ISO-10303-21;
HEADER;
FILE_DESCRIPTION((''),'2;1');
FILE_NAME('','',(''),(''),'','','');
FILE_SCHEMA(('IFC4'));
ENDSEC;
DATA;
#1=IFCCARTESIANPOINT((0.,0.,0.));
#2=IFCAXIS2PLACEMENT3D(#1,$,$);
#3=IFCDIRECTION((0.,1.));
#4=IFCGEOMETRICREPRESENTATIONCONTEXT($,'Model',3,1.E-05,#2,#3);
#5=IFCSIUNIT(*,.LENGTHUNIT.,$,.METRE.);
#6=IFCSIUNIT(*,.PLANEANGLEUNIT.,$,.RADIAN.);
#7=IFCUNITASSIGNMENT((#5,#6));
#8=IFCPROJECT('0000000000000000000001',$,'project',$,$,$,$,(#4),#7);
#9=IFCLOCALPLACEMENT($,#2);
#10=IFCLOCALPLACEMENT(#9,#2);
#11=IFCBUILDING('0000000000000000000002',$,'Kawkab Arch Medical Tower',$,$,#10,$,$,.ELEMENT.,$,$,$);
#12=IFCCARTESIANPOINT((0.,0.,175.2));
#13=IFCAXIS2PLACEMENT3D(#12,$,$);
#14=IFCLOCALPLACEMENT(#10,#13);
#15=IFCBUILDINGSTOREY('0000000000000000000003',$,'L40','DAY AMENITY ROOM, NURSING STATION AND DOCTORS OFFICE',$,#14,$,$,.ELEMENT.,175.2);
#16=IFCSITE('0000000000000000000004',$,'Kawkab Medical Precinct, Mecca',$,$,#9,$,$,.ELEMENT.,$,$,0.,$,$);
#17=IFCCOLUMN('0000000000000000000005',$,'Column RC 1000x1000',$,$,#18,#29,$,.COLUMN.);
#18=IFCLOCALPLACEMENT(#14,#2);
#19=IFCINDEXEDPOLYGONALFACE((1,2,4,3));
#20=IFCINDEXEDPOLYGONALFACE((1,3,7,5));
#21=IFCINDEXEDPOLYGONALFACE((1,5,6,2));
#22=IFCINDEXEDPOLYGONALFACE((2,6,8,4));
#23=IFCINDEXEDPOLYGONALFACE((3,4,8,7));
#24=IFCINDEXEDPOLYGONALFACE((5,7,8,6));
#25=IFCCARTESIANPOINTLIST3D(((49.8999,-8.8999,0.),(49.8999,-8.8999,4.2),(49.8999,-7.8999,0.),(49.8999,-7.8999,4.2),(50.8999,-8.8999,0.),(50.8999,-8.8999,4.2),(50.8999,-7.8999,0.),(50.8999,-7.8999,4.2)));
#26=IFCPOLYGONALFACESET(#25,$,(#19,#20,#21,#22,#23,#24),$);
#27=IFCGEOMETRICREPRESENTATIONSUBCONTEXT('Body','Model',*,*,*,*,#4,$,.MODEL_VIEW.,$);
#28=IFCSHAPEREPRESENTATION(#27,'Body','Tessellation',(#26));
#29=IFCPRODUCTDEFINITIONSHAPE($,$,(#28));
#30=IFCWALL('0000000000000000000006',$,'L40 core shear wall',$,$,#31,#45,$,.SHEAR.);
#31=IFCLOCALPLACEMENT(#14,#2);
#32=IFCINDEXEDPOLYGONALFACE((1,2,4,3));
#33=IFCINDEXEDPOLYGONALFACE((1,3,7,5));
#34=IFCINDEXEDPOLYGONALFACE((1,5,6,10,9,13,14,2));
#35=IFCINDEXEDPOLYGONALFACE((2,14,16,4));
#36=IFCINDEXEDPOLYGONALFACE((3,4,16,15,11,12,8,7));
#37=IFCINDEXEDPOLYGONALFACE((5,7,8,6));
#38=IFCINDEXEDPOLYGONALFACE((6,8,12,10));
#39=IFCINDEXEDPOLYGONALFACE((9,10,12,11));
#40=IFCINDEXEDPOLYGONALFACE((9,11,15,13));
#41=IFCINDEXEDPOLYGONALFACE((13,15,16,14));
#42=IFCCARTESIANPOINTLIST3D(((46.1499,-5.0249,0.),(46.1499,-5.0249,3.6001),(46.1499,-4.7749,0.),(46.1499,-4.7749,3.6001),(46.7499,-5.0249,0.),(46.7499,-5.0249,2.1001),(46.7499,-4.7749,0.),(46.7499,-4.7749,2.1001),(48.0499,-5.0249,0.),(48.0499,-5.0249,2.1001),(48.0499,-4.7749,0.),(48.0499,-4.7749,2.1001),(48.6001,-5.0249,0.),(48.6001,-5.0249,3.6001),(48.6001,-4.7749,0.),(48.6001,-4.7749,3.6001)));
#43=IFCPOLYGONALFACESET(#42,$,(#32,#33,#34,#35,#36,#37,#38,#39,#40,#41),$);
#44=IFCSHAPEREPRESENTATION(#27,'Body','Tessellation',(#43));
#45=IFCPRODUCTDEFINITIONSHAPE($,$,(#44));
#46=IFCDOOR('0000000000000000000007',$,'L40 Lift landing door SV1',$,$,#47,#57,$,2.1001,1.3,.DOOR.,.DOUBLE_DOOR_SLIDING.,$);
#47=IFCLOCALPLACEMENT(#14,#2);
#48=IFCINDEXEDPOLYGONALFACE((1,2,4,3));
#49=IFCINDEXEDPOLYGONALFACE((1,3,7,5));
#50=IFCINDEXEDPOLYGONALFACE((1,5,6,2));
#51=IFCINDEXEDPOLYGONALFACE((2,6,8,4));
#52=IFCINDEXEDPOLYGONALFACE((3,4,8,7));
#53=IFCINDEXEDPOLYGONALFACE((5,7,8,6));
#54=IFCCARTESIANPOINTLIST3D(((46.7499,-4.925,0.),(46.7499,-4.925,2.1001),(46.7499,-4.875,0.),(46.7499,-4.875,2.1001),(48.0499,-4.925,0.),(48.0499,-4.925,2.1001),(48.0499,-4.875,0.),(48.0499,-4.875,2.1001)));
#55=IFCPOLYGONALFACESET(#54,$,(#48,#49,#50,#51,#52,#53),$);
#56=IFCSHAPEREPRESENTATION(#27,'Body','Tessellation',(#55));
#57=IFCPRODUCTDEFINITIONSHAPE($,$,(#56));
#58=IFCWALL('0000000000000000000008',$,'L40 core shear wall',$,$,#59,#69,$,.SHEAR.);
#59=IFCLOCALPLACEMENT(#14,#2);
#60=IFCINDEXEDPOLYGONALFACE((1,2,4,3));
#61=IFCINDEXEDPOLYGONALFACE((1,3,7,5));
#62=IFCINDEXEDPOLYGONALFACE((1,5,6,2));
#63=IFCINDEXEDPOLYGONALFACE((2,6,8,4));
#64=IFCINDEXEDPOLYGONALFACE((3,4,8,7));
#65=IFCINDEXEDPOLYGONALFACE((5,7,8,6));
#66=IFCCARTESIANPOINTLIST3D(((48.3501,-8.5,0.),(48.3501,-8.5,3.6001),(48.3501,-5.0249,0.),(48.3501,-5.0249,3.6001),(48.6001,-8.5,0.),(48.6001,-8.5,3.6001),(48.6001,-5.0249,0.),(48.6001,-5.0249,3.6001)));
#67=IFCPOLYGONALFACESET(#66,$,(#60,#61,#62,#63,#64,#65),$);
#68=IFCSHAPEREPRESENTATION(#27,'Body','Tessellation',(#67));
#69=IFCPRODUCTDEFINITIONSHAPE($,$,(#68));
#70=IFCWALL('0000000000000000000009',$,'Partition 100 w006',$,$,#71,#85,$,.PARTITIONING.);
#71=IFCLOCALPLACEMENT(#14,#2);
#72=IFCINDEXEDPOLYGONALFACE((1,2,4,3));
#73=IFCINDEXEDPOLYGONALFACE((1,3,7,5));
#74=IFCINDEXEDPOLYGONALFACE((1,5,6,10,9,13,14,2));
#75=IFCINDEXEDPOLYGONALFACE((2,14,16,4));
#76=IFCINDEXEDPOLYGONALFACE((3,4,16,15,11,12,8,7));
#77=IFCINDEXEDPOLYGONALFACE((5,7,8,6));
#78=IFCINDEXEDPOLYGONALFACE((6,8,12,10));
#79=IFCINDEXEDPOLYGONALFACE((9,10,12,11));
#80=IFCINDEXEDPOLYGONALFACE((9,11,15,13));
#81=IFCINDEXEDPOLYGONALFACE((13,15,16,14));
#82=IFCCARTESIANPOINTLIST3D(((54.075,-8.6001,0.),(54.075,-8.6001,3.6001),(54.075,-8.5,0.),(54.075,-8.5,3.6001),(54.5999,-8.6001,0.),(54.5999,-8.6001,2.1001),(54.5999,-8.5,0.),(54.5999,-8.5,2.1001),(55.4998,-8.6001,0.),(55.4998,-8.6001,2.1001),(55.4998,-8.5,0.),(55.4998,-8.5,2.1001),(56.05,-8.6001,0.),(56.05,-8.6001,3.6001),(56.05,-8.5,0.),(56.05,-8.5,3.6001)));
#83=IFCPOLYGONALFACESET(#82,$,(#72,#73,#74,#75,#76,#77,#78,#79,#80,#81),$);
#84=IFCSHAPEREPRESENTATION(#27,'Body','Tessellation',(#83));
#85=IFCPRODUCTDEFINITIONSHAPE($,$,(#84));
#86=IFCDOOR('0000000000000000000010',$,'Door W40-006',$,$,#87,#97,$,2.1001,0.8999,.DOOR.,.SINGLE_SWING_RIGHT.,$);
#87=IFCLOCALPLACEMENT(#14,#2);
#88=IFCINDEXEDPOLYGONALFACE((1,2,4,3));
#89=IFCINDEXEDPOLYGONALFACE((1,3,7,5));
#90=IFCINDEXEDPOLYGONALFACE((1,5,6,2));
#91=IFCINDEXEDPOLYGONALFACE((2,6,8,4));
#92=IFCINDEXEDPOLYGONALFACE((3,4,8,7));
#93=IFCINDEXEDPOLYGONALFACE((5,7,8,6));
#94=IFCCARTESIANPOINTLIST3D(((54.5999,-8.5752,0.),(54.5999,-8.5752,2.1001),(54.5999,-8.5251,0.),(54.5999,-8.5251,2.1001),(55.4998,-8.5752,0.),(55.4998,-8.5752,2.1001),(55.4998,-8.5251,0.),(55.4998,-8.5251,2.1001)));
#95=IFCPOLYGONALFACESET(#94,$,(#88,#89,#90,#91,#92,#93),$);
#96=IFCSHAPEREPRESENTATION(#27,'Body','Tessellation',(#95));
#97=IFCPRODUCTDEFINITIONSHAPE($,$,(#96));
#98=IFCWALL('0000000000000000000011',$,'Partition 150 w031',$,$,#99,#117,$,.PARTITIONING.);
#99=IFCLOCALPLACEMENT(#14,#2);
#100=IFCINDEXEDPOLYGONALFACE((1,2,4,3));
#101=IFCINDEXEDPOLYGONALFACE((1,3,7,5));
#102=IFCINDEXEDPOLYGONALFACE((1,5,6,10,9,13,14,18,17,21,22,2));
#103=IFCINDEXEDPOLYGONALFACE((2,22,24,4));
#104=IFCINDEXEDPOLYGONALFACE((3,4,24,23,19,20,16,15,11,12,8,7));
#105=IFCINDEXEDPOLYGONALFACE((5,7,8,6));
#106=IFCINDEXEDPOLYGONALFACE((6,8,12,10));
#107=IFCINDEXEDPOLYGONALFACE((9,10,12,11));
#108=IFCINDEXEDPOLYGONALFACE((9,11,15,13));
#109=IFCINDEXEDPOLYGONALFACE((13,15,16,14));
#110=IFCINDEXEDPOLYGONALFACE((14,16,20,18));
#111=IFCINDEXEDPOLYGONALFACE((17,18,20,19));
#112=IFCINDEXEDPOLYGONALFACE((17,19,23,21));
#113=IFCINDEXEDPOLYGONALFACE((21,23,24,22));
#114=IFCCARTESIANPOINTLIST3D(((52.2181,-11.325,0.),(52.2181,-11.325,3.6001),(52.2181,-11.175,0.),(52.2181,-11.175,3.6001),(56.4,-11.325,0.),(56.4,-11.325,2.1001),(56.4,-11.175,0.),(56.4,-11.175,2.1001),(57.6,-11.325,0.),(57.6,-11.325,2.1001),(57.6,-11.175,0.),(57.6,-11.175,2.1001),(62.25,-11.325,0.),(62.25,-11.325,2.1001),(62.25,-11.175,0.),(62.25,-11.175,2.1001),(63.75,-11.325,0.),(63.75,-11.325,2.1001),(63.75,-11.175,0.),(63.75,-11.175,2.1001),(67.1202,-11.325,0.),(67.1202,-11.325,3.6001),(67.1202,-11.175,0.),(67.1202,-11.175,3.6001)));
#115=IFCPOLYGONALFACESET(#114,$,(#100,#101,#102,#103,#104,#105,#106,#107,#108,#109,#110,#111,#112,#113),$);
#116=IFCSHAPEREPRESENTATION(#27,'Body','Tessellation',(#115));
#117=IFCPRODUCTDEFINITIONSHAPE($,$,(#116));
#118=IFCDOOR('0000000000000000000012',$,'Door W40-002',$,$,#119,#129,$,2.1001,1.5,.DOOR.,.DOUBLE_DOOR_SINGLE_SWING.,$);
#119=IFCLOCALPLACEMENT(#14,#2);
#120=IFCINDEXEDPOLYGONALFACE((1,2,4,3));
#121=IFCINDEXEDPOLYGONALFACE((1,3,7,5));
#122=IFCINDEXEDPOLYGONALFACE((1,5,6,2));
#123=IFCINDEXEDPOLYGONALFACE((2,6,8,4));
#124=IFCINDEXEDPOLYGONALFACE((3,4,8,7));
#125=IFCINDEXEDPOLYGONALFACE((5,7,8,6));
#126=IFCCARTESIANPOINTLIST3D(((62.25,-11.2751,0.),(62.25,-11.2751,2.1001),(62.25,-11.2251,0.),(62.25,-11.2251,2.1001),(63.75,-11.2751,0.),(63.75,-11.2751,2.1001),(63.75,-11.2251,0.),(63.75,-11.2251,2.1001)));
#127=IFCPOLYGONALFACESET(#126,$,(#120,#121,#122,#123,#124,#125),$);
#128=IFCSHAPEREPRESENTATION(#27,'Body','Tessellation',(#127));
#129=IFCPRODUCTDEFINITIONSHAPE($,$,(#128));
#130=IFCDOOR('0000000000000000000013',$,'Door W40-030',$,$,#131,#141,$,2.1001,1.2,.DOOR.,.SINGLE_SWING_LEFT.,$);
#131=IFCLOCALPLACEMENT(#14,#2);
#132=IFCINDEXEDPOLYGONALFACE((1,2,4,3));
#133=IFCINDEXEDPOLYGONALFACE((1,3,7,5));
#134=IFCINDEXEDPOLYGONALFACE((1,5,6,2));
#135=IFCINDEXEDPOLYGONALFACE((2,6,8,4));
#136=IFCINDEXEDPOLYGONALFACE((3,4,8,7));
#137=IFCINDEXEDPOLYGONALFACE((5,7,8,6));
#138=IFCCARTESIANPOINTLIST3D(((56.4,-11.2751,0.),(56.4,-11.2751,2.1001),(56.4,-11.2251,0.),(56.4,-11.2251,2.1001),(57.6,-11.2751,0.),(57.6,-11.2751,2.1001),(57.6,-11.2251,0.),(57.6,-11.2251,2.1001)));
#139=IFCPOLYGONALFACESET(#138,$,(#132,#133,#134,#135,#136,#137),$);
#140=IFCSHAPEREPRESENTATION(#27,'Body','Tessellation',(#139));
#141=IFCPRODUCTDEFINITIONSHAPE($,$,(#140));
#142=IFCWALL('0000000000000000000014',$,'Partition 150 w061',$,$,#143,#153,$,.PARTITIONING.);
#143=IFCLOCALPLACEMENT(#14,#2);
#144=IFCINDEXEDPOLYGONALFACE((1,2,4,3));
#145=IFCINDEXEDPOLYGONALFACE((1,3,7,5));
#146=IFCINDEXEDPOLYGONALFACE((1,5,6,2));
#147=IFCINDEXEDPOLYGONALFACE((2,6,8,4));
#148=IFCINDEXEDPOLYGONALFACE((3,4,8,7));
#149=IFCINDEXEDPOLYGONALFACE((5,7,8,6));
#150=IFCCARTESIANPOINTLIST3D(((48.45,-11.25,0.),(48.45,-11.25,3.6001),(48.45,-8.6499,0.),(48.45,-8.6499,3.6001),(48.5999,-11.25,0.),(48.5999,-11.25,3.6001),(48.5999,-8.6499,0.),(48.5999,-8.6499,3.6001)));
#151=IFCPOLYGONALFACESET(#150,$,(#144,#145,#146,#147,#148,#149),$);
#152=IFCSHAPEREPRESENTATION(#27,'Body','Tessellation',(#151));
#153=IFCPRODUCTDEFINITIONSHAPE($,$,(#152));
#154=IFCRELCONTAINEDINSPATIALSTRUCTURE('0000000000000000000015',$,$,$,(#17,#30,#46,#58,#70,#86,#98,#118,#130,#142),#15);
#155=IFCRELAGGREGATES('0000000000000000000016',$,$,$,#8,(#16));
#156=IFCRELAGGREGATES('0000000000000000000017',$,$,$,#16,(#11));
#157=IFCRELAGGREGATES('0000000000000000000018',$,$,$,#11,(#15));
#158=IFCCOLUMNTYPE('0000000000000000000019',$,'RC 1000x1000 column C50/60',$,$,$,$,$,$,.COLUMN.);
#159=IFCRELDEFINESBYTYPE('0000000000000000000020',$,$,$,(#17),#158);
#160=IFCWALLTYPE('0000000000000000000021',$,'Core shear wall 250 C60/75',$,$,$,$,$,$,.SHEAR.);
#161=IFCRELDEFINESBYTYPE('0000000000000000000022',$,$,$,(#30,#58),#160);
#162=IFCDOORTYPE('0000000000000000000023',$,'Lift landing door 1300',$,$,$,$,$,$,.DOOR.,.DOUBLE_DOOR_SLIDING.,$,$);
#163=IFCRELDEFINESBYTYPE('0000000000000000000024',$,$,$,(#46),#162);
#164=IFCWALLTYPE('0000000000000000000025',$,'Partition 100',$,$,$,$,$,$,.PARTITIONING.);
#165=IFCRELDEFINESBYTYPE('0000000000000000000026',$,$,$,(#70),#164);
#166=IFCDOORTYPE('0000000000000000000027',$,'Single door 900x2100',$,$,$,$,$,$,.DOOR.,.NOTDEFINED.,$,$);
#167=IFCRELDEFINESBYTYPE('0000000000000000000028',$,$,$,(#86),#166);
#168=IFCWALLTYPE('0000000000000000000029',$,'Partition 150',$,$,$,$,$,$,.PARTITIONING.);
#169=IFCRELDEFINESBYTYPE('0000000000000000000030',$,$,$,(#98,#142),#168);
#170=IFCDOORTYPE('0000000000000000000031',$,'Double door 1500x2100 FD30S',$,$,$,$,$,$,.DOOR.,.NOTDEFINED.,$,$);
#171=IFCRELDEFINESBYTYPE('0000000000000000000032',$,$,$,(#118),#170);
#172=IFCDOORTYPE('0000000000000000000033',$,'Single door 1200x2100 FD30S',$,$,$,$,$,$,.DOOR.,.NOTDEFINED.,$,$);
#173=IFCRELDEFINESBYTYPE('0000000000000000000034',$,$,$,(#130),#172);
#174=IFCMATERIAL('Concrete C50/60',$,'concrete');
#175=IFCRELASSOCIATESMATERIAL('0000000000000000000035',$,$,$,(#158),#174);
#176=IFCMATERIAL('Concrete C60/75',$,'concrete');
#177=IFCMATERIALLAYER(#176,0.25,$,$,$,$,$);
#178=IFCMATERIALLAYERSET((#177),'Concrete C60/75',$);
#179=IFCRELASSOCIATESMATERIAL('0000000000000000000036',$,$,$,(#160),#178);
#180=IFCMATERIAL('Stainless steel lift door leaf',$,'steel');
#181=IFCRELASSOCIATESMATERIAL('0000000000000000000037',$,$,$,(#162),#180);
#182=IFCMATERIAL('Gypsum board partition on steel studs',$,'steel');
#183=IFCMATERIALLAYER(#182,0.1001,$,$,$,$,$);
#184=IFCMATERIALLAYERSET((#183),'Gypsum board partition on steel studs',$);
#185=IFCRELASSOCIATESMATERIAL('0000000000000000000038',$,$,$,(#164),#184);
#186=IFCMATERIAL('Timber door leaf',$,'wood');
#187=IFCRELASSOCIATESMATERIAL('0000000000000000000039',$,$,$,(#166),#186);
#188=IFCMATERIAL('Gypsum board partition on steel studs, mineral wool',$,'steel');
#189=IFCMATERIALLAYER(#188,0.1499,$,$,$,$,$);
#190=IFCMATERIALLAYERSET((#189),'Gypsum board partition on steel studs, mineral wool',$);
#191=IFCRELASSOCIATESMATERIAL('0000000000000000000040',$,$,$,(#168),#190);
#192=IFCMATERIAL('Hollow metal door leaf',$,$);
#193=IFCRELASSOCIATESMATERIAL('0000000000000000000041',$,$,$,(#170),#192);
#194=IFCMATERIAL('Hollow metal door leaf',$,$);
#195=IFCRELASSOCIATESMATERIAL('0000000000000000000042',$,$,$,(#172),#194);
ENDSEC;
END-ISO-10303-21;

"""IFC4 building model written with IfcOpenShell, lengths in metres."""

from ifc_helpers import new_model, si_unit, direction, frame, frame_2d, origin, origin_2d, place, context, subcontext, project, spatial, rectangle, extrude, material, layer, layer_set, material_profile, profile_set, type_object, element, fill, save


model = new_model("IFC4")

# Units and contexts
model_context = context("Model", 3, precision=1e-05, world=origin(), true_north=direction((0.0, 1.0)))
body_context = subcontext(model_context, "Body", "Model", "MODEL_VIEW")
ifc_project = project(units=[si_unit("LENGTHUNIT", "METRE"), si_unit("PLANEANGLEUNIT", "RADIAN")], contexts=[model_context])

# Site, building, storey
site_placement = place(None, origin())
site = spatial("IfcSite", under=ifc_project, at=site_placement, Name="Kawkab Medical Precinct, Mecca", CompositionType="ELEMENT", RefElevation=0.0)
building_placement = place(site_placement, origin())
building = spatial("IfcBuilding", under=site, at=building_placement, Name="Kawkab Arch Medical Tower", CompositionType="ELEMENT")
storey_placement = place(building_placement, frame((0.0, 0.0, 175.2)))
storey = spatial("IfcBuildingStorey", under=building, at=storey_placement, Name="L40", Description="DAY AMENITY ROOM, NURSING STATION AND DOCTORS OFFICE", CompositionType="ELEMENT", Elevation=175.2)

# Column
ifc_material_1 = material(Name="Concrete C50/60", Category="concrete")
ifc_material_profile = material_profile(ifc_material_1, rectangle(XDim=1.0, YDim=1.0, at=origin_2d()), Name="RC 1000x1000")
ifc_profile_set = profile_set([ifc_material_profile], Name="Concrete C50/60")
column_type = type_object("IfcColumnType", Name="RC 1000x1000 column C50/60", PredefinedType="COLUMN", material=ifc_profile_set)
column_placement = place(storey_placement, frame((50.3999, -8.3999, 0.0), z_axis=(0.0, 0.0, 1.0), x_axis=(1.0, 0.0, 0.0)))
element("IfcColumn", 1, at=column_placement, inside=storey, type_object=column_type, Name="Column RC 1000x1000", PredefinedType="COLUMN", context=body_context, shape_type="SweptSolid", body=[
    extrude(rectangle(XDim=1.0, YDim=1.0, at=origin_2d()), origin(), (0.0, 0.0, 1.0), 4.2),
])

# Wall, opening, door
ifc_material_2 = material(Name="Concrete C60/75", Category="concrete")
ifc_layer_1 = layer(ifc_material_2, 0.25)
ifc_layer_set_1 = layer_set([ifc_layer_1], Name="Concrete C60/75")
wall_type_1 = type_object("IfcWallType", Name="Core shear wall 250 C60/75", PredefinedType="SHEAR", material=ifc_layer_set_1)
wall_1_placement = place(storey_placement, frame((46.1499, -4.8999, 0.0), z_axis=(0.0, 0.0, 1.0), x_axis=(1.0, 0.0, 0.0)))
wall_1 = element("IfcWall", 2, at=wall_1_placement, inside=storey, type_object=wall_type_1, Name="L40 core shear wall", PredefinedType="SHEAR", context=body_context, shape_type="SweptSolid", body=[
    extrude(rectangle(XDim=2.4502, YDim=0.25, at=frame_2d((1.2251, 0.0))), origin(), (0.0, 0.0, 1.0), 3.6001),
])
opening_1_placement = place(wall_1_placement, frame((0.6001, 0.0, 0.0)))
opening_1 = element("IfcOpeningElement", 3, at=opening_1_placement, cuts=wall_1, PredefinedType="OPENING", context=body_context, shape_type="SweptSolid", body=[
    extrude(rectangle(XDim=1.3, YDim=2.1001, at=frame_2d((0.6499, 1.05))), frame((0.0, 0.135, 0.0), z_axis=(0.0, -1.0, 0.0), x_axis=(1.0, 0.0, 0.0)), (0.0, 0.0, 1.0), 0.27),
])
ifc_material_3 = material(Name="Stainless steel lift door leaf", Category="steel")
door_type_1 = type_object("IfcDoorType", Name="Lift landing door 1300", OperationType="DOUBLE_DOOR_SLIDING", PredefinedType="DOOR", material=ifc_material_3)
door_1_placement = place(opening_1_placement, origin())
door_1 = element("IfcDoor", 4, at=door_1_placement, inside=storey, type_object=door_type_1, Name="L40 Lift landing door SV1", OperationType="DOUBLE_DOOR_SLIDING", OverallHeight=2.1001, OverallWidth=1.3, PredefinedType="DOOR", context=body_context, shape_type="SweptSolid", body=[
    extrude(rectangle(XDim=1.3, YDim=2.1001, at=frame_2d((0.6499, 1.05))), frame((0.0, 0.0249, 0.0), z_axis=(0.0, -1.0, 0.0), x_axis=(1.0, 0.0, 0.0)), (0.0, 0.0, 1.0), 0.05),
])
fill(opening_1, door_1)

# Wall
wall_2_placement = place(storey_placement, frame((48.4751, -8.5, 0.0), z_axis=(0.0, 0.0, 1.0), x_axis=(0.0, 1.0, 0.0)))
element("IfcWall", 5, at=wall_2_placement, inside=storey, type_object=wall_type_1, Name="L40 core shear wall", PredefinedType="SHEAR", context=body_context, shape_type="SweptSolid", body=[
    extrude(rectangle(XDim=3.4751, YDim=0.25, at=frame_2d((1.7375, 0.0))), origin(), (0.0, 0.0, 1.0), 3.6001),
])

# Wall, opening, door
ifc_material_4 = material(Name="Gypsum board partition on steel studs", Category="steel")
ifc_layer_2 = layer(ifc_material_4, 0.1001)
ifc_layer_set_2 = layer_set([ifc_layer_2], Name="Gypsum board partition on steel studs")
wall_type_2 = type_object("IfcWallType", Name="Partition 100", PredefinedType="PARTITIONING", material=ifc_layer_set_2)
wall_3_placement = place(storey_placement, frame((54.075, -8.55, 0.0), z_axis=(0.0, 0.0, 1.0), x_axis=(1.0, 0.0, 0.0)))
wall_3 = element("IfcWall", 6, at=wall_3_placement, inside=storey, type_object=wall_type_2, Name="Partition 100 w006", PredefinedType="PARTITIONING", context=body_context, shape_type="SweptSolid", body=[
    extrude(rectangle(XDim=1.9751, YDim=0.1001, at=frame_2d((0.9875, 0.0))), origin(), (0.0, 0.0, 1.0), 3.6001),
])
opening_2_placement = place(wall_3_placement, frame((0.5249, 0.0, 0.0)))
opening_2 = element("IfcOpeningElement", 7, at=opening_2_placement, cuts=wall_3, PredefinedType="OPENING", context=body_context, shape_type="SweptSolid", body=[
    extrude(rectangle(XDim=0.8999, YDim=2.1001, at=frame_2d((0.45, 1.05))), frame((0.0, 0.0601, 0.0), z_axis=(0.0, -1.0, 0.0), x_axis=(1.0, 0.0, 0.0)), (0.0, 0.0, 1.0), 0.1201),
])
ifc_material_5 = material(Name="Timber door leaf", Category="wood")
door_type_2 = type_object("IfcDoorType", Name="Single door 900x2100", OperationType="NOTDEFINED", PredefinedType="DOOR", material=ifc_material_5)
door_2_placement = place(opening_2_placement, origin())
door_2 = element("IfcDoor", 8, at=door_2_placement, inside=storey, type_object=door_type_2, Name="Door W40-006", OperationType="SINGLE_SWING_RIGHT", OverallHeight=2.1001, OverallWidth=0.8999, PredefinedType="DOOR", context=body_context, shape_type="SweptSolid", body=[
    extrude(rectangle(XDim=0.8999, YDim=2.1001, at=frame_2d((0.45, 1.05))), frame((0.0, 0.0249, 0.0), z_axis=(0.0, -1.0, 0.0), x_axis=(1.0, 0.0, 0.0)), (0.0, 0.0, 1.0), 0.05),
])
fill(opening_2, door_2)

# Wall, openings, doors
ifc_material_6 = material(Name="Gypsum board partition on steel studs, mineral wool", Category="steel")
ifc_layer_3 = layer(ifc_material_6, 0.1499)
ifc_layer_set_3 = layer_set([ifc_layer_3], Name="Gypsum board partition on steel studs, mineral wool")
wall_type_3 = type_object("IfcWallType", Name="Partition 150", PredefinedType="PARTITIONING", material=ifc_layer_set_3)
wall_4_placement = place(storey_placement, frame((52.218, -11.25, 0.0), z_axis=(0.0, 0.0, 1.0), x_axis=(1.0, 0.0, 0.0)))
wall_4 = element("IfcWall", 9, at=wall_4_placement, inside=storey, type_object=wall_type_3, Name="Partition 150 w031", PredefinedType="PARTITIONING", context=body_context, shape_type="SweptSolid", body=[
    extrude(rectangle(XDim=14.9021, YDim=0.1499, at=frame_2d((7.4512, 0.0))), origin(), (0.0, 0.0, 1.0), 3.6001),
])
opening_3_placement = place(wall_4_placement, frame((4.1819, 0.0, 0.0)))
opening_3 = element("IfcOpeningElement", 10, at=opening_3_placement, cuts=wall_4, PredefinedType="OPENING", context=body_context, shape_type="SweptSolid", body=[
    extrude(rectangle(XDim=1.2, YDim=2.1001, at=frame_2d((0.6001, 1.05))), frame((0.0, 0.085, 0.0), z_axis=(0.0, -1.0, 0.0), x_axis=(1.0, 0.0, 0.0)), (0.0, 0.0, 1.0), 0.1699),
])
opening_4_placement = place(wall_4_placement, frame((10.032, 0.0, 0.0)))
opening_4 = element("IfcOpeningElement", 11, at=opening_4_placement, cuts=wall_4, PredefinedType="OPENING", context=body_context, shape_type="SweptSolid", body=[
    extrude(rectangle(XDim=1.5, YDim=2.1001, at=frame_2d((0.75, 1.05))), frame((0.0, 0.085, 0.0), z_axis=(0.0, -1.0, 0.0), x_axis=(1.0, 0.0, 0.0)), (0.0, 0.0, 1.0), 0.1699),
])
ifc_material_7 = material(Name="Hollow metal door leaf")
door_type_3 = type_object("IfcDoorType", Name="Double door 1500x2100 FD30S", OperationType="NOTDEFINED", PredefinedType="DOOR", material=ifc_material_7)
door_3_placement = place(opening_4_placement, origin())
door_3 = element("IfcDoor", 12, at=door_3_placement, inside=storey, type_object=door_type_3, Name="Door W40-002", OperationType="DOUBLE_DOOR_SINGLE_SWING", OverallHeight=2.1001, OverallWidth=1.5, PredefinedType="DOOR", context=body_context, shape_type="SweptSolid", body=[
    extrude(rectangle(XDim=1.5, YDim=2.1001, at=frame_2d((0.75, 1.05))), frame((0.0, 0.0249, 0.0), z_axis=(0.0, -1.0, 0.0), x_axis=(1.0, 0.0, 0.0)), (0.0, 0.0, 1.0), 0.05),
])
fill(opening_4, door_3)
ifc_material_8 = material(Name="Hollow metal door leaf")
door_type_4 = type_object("IfcDoorType", Name="Single door 1200x2100 FD30S", OperationType="NOTDEFINED", PredefinedType="DOOR", material=ifc_material_8)
door_4_placement = place(opening_3_placement, origin())
door_4 = element("IfcDoor", 13, at=door_4_placement, inside=storey, type_object=door_type_4, Name="Door W40-030", OperationType="SINGLE_SWING_LEFT", OverallHeight=2.1001, OverallWidth=1.2, PredefinedType="DOOR", context=body_context, shape_type="SweptSolid", body=[
    extrude(rectangle(XDim=1.2, YDim=2.1001, at=frame_2d((0.6001, 1.05))), frame((0.0, 0.0249, 0.0), z_axis=(0.0, -1.0, 0.0), x_axis=(1.0, 0.0, 0.0)), (0.0, 0.0, 1.0), 0.05),
])
fill(opening_3, door_4)

# Wall
wall_5_placement = place(storey_placement, frame((48.5249, -11.25, 0.0), z_axis=(0.0, 0.0, 1.0), x_axis=(0.0, 1.0, 0.0)))
element("IfcWall", 14, at=wall_5_placement, inside=storey, type_object=wall_type_3, Name="Partition 150 w061", PredefinedType="PARTITIONING", context=body_context, shape_type="SweptSolid", body=[
    extrude(rectangle(XDim=2.6001, YDim=0.1499, at=frame_2d((1.3, 0.0))), origin(), (0.0, 0.0, 1.0), 3.6001),
])

save(model, "model.ifc")
